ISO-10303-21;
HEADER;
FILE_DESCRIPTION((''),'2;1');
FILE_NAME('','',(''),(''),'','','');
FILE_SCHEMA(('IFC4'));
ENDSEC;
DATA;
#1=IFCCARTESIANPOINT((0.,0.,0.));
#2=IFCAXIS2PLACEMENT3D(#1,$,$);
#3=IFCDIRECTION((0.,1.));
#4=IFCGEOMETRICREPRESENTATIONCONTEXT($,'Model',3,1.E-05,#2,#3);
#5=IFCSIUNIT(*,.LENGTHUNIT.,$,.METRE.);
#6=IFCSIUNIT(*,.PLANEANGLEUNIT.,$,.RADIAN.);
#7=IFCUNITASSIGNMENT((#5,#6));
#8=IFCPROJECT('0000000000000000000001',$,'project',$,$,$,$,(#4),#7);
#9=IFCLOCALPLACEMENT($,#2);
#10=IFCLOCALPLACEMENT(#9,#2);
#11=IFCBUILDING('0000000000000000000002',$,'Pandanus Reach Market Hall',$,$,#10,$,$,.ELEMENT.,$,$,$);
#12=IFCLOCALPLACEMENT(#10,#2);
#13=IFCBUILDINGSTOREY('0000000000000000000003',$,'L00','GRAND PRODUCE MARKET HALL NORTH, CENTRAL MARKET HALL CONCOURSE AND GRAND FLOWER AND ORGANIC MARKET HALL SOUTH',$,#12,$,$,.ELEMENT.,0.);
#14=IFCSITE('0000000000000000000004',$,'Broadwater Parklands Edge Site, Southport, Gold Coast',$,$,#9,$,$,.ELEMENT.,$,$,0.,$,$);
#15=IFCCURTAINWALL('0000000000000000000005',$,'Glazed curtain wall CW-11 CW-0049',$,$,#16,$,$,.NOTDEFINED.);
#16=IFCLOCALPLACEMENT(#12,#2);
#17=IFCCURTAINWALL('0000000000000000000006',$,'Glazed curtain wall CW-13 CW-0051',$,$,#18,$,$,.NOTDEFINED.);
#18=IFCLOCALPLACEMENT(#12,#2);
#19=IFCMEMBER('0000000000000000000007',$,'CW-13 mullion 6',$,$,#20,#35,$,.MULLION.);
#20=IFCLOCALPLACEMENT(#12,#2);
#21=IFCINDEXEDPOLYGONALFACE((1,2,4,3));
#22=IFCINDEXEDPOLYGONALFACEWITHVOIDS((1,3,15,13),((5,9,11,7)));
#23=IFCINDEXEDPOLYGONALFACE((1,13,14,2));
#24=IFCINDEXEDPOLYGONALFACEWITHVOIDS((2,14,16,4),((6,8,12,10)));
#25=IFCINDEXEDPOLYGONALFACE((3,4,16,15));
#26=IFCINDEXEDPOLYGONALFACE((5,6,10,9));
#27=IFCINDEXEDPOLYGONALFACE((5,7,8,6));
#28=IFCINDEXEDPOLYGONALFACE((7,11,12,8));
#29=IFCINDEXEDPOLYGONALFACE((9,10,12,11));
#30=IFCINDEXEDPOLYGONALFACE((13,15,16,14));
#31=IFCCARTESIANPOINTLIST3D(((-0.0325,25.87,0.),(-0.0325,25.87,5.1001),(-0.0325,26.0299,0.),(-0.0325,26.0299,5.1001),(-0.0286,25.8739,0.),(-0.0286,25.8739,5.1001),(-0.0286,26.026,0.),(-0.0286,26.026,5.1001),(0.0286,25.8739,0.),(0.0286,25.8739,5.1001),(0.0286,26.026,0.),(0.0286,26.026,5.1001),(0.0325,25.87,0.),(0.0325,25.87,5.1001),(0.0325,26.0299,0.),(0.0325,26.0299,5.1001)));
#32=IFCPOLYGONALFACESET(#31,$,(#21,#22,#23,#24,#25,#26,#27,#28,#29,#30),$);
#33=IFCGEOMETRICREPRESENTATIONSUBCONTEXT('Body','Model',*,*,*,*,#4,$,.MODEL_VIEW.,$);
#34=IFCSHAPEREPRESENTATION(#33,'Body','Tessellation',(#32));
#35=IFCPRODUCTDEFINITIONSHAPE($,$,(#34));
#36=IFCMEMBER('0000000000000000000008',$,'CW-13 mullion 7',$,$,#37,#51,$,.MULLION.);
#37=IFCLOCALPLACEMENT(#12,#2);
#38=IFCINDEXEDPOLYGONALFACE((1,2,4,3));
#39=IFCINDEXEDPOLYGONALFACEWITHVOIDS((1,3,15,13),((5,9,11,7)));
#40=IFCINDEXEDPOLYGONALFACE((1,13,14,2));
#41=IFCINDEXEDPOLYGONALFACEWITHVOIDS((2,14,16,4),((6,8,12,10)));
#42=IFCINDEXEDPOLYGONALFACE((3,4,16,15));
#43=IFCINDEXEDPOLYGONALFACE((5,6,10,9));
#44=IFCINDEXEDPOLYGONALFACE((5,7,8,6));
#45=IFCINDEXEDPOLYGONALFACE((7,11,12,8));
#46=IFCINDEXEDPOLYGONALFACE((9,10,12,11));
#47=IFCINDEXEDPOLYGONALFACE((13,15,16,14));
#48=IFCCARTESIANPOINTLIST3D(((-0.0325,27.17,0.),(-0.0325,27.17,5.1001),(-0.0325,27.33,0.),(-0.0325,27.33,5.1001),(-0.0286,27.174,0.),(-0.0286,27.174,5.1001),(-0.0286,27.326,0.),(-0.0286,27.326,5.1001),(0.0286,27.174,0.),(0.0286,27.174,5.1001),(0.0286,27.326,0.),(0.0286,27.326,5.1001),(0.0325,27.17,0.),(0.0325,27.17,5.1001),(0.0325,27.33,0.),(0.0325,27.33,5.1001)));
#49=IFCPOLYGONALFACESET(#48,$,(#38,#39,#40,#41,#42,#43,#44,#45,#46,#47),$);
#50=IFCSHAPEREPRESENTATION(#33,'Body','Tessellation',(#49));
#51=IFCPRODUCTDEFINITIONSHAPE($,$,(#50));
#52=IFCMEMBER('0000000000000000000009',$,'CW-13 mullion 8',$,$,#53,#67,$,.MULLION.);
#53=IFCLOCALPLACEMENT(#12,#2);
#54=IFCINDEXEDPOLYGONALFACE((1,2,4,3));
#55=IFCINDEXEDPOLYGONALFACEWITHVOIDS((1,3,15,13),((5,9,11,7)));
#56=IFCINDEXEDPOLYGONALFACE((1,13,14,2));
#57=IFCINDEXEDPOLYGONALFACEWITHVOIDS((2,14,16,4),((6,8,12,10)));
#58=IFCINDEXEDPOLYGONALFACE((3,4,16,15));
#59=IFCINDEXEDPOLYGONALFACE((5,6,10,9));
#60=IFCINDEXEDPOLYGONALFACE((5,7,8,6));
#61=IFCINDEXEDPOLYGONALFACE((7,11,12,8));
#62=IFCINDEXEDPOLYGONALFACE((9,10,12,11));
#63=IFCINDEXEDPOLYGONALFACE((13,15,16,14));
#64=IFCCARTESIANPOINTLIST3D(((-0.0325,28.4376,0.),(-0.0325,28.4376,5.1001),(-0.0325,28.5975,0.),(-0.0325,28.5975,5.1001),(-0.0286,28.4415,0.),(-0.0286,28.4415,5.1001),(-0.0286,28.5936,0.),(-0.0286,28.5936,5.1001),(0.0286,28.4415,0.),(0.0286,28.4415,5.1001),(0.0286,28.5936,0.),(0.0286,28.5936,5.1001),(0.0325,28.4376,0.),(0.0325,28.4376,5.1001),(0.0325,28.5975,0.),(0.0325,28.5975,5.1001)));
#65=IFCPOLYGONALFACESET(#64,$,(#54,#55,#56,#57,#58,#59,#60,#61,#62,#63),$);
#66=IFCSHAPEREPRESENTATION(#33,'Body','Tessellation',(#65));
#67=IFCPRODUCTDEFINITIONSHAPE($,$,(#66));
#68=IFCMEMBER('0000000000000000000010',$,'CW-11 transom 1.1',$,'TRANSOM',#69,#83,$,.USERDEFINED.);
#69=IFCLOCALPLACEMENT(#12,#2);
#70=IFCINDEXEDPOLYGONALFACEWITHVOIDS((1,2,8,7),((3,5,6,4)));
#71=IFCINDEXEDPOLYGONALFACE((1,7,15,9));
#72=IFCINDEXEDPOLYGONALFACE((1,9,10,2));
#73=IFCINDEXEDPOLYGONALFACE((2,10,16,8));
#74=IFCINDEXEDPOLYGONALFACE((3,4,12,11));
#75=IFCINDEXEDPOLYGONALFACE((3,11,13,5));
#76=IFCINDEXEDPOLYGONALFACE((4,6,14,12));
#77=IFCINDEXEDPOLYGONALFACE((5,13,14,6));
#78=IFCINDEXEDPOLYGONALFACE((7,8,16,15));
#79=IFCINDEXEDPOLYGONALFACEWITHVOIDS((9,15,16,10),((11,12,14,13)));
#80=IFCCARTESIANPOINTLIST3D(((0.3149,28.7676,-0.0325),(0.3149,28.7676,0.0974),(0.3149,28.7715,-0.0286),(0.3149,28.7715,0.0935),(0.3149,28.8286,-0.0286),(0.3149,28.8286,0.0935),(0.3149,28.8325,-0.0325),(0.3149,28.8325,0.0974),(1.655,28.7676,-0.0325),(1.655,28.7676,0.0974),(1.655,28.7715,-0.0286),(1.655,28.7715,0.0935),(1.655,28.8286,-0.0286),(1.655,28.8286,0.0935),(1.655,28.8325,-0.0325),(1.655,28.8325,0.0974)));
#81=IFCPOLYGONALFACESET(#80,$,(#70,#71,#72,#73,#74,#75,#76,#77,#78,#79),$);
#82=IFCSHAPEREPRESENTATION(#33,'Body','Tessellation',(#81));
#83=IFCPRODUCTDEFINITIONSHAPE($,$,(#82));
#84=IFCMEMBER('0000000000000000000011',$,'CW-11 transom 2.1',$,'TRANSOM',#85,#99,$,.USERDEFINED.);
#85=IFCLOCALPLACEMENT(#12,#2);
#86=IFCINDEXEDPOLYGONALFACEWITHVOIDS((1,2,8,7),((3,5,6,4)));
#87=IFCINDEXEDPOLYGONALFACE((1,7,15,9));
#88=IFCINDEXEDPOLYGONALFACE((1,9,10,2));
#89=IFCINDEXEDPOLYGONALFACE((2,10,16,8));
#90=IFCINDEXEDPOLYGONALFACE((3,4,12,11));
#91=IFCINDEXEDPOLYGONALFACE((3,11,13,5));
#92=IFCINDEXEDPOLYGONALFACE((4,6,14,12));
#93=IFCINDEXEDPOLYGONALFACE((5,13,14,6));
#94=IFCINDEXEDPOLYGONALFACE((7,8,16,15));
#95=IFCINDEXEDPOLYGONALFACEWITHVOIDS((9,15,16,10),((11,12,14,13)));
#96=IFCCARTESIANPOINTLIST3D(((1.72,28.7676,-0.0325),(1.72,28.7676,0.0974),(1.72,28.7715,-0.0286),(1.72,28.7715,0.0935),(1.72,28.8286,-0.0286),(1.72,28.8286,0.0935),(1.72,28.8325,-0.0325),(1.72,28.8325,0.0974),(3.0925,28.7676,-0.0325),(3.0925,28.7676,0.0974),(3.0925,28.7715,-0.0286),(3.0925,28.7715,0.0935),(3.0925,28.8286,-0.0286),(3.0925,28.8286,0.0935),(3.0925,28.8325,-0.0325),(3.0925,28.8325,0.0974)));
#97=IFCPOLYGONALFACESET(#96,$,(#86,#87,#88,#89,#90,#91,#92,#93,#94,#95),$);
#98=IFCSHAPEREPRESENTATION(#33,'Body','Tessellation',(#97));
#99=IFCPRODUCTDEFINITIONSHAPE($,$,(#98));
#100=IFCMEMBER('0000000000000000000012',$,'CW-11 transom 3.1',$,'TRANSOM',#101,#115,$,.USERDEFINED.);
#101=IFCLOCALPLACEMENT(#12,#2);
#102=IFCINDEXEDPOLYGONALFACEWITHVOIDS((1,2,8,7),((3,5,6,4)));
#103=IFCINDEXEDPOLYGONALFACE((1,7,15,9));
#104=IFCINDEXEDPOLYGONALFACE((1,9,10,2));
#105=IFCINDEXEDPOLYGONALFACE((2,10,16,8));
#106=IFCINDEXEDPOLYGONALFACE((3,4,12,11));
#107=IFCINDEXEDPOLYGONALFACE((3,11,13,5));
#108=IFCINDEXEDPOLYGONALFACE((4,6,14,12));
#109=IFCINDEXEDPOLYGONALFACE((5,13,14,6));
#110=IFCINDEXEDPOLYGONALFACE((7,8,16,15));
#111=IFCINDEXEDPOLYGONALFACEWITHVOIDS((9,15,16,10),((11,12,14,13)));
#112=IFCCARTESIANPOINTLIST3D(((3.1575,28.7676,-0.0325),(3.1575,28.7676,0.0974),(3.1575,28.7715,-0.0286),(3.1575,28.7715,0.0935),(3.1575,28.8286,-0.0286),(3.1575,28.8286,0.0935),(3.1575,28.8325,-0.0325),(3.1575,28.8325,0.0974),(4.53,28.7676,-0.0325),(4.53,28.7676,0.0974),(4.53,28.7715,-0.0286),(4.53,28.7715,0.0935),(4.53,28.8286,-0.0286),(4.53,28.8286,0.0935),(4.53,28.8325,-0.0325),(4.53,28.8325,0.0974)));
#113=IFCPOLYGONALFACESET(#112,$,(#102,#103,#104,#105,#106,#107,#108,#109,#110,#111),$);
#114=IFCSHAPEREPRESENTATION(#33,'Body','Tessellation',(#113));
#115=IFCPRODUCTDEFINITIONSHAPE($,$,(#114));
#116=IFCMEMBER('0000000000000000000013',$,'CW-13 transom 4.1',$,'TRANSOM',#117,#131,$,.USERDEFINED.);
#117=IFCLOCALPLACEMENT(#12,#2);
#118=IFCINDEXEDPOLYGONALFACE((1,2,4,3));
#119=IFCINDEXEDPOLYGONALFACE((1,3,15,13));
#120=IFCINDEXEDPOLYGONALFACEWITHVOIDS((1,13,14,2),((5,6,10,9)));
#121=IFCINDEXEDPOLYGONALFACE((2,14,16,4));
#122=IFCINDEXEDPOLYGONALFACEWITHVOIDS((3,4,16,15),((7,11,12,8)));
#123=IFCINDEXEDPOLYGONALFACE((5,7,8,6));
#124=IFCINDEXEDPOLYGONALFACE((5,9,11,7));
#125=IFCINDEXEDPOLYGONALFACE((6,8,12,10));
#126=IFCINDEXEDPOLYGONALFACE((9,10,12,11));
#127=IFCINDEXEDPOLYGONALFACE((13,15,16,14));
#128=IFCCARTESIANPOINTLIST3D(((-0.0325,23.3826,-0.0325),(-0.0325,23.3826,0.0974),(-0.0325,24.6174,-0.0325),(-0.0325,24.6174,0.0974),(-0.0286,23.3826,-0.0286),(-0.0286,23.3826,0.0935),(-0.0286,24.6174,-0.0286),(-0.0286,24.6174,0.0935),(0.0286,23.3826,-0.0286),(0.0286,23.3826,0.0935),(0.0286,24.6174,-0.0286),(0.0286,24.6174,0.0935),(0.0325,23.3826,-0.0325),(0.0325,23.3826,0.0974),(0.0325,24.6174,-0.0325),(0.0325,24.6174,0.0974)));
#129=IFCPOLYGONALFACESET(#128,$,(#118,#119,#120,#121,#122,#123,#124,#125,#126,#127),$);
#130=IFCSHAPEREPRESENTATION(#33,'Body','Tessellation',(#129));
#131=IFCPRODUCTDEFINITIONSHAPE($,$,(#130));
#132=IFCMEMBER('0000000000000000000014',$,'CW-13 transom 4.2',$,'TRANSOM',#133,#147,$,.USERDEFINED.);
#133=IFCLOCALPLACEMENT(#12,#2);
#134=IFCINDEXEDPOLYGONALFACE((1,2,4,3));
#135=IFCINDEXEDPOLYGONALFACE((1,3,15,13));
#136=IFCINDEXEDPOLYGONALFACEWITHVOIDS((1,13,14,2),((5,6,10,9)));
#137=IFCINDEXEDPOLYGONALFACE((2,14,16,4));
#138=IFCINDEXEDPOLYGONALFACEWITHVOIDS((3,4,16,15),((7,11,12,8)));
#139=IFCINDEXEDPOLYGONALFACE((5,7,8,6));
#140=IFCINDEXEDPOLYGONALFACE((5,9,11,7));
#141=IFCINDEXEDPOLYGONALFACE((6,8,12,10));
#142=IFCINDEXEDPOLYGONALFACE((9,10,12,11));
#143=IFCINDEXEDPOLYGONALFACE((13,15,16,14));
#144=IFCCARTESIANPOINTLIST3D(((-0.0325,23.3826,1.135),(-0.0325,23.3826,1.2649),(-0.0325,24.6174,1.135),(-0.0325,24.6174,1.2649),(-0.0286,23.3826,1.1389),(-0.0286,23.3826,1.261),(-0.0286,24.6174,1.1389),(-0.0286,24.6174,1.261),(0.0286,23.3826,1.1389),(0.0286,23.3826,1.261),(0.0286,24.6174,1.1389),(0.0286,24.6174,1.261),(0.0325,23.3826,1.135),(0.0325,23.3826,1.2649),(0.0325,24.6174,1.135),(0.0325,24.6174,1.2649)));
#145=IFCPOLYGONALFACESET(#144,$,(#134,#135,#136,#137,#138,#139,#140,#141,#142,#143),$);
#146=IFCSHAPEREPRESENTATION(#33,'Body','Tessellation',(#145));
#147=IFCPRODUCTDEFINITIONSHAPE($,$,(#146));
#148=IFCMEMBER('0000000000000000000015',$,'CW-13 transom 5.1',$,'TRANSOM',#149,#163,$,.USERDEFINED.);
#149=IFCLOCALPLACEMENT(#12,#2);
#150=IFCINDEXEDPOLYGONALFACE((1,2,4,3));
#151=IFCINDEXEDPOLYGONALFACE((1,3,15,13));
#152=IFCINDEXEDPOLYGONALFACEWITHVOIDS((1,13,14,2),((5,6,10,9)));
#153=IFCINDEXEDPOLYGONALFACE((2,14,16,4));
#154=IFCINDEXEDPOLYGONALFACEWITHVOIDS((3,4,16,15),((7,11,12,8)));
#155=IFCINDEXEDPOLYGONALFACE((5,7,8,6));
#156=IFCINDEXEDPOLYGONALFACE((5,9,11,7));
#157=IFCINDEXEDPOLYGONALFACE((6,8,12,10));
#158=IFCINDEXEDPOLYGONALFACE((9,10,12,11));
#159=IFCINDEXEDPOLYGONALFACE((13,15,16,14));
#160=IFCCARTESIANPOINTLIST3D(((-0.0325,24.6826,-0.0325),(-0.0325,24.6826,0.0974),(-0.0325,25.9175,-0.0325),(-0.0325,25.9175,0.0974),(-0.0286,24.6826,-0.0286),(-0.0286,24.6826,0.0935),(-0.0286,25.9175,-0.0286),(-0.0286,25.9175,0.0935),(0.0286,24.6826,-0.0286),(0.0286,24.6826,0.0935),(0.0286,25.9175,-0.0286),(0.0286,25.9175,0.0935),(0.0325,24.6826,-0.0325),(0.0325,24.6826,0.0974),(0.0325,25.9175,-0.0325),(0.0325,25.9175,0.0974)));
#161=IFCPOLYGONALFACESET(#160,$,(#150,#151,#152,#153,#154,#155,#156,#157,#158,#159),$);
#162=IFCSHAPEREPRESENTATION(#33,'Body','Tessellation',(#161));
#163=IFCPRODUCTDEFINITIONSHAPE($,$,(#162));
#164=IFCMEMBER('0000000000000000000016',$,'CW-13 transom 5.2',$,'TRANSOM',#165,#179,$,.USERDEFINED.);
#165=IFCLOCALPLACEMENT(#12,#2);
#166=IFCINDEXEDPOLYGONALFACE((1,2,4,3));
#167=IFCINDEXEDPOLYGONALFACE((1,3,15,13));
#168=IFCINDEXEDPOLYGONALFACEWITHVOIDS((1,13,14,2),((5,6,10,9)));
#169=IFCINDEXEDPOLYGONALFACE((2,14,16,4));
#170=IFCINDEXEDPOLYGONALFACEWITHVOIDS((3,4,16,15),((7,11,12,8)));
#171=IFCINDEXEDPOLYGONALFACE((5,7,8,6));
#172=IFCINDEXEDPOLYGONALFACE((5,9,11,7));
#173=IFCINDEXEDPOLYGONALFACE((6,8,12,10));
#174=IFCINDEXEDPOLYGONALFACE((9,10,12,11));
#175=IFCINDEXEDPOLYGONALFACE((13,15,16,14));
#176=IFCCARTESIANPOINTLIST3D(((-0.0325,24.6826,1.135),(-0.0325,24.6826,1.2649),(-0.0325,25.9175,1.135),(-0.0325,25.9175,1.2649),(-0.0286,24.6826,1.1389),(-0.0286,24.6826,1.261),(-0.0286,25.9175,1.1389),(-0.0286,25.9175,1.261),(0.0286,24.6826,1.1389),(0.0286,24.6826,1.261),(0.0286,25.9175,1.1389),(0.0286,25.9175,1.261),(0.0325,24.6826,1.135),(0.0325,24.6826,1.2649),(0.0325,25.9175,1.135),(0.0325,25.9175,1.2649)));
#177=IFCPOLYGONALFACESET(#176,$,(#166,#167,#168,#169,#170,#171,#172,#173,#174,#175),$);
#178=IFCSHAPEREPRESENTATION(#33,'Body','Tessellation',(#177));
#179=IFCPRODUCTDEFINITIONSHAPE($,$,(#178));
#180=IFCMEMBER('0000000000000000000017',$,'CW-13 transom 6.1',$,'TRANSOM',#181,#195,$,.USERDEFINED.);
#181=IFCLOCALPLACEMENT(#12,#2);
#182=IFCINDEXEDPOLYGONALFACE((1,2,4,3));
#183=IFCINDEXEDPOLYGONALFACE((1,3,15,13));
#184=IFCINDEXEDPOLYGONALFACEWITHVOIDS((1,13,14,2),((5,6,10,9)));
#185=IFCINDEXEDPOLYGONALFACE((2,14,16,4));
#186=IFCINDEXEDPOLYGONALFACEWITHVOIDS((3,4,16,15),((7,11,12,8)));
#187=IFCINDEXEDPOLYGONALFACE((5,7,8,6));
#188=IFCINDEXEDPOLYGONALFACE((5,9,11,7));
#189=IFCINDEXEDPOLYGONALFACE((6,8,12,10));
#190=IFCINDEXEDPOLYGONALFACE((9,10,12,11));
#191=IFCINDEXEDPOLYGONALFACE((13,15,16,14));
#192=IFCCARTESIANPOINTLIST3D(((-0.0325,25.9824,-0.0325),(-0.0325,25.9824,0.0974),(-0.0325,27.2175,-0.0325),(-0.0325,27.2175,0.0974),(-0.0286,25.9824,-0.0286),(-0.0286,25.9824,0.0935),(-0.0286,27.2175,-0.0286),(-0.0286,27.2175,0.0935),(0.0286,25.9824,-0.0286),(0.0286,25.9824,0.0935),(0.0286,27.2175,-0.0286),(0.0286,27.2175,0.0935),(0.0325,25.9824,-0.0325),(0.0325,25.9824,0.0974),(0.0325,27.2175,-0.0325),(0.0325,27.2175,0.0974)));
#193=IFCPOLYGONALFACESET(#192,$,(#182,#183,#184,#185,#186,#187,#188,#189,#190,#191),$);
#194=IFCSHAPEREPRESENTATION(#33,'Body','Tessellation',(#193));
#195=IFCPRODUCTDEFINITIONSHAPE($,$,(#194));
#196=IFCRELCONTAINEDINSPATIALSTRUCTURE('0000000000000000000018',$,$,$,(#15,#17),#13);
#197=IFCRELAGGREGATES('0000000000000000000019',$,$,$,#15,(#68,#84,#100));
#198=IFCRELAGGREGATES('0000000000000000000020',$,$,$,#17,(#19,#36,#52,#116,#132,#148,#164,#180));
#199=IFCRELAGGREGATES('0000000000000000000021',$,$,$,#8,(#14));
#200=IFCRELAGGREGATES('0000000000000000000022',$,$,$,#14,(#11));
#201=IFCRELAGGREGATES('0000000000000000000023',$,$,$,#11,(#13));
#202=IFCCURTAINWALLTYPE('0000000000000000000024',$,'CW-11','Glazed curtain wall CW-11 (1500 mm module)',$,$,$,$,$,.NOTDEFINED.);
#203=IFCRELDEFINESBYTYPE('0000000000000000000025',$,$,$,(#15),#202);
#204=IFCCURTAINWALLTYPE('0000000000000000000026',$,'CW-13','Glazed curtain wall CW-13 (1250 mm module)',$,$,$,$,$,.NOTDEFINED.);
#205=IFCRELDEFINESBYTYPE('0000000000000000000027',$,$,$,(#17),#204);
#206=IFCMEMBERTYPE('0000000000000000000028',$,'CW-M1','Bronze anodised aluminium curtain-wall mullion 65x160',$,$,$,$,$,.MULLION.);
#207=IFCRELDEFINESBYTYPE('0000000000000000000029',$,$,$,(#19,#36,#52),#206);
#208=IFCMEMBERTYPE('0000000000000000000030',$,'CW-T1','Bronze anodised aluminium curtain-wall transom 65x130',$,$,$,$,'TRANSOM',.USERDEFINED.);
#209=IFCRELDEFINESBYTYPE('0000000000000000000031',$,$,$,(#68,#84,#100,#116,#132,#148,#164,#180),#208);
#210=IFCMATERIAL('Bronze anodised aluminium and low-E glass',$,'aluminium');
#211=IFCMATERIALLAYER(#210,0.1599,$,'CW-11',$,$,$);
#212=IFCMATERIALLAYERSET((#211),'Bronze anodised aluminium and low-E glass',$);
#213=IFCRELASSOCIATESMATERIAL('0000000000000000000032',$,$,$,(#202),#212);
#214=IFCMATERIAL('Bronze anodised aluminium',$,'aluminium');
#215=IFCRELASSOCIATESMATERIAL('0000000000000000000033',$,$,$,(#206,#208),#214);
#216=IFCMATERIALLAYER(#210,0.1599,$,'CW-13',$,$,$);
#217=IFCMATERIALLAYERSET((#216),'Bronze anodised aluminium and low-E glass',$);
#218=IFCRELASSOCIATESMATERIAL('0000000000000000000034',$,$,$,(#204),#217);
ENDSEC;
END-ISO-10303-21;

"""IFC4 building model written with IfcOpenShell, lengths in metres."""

from ifc_helpers import new_model, si_unit, direction, frame, origin, origin_2d, place, context, subcontext, project, spatial, hollow_rectangle, extrude, material, layer, layer_set, material_profile, profile_set, type_object, element, aggregate, save


model = new_model("IFC4")

# Units and contexts
model_context = context("Model", 3, precision=1e-05, world=origin(), true_north=direction((0.0, 1.0)))
body_context = subcontext(model_context, "Body", "Model", "MODEL_VIEW")
ifc_project = project(units=[si_unit("LENGTHUNIT", "METRE"), si_unit("PLANEANGLEUNIT", "RADIAN")], contexts=[model_context])

# Site, building, storey
site_placement = place(None, origin())
site = spatial("IfcSite", under=ifc_project, at=site_placement, Name="Broadwater Parklands Edge Site, Southport, Gold Coast", CompositionType="ELEMENT", RefElevation=0.0)
building_placement = place(site_placement, origin())
building = spatial("IfcBuilding", under=site, at=building_placement, Name="Pandanus Reach Market Hall", CompositionType="ELEMENT")
storey_placement = place(building_placement, origin())
storey = spatial("IfcBuildingStorey", under=building, at=storey_placement, Name="L00", Description="GRAND PRODUCE MARKET HALL NORTH, CENTRAL MARKET HALL CONCOURSE AND GRAND FLOWER AND ORGANIC MARKET HALL SOUTH", CompositionType="ELEMENT", Elevation=0.0)

# Curtain walls, members
ifc_material_1 = material(Name="Bronze anodised aluminium and low-E glass", Category="aluminium")
ifc_layer_1 = layer(ifc_material_1, 0.1599, Name="CW-11")
ifc_layer_set_1 = layer_set([ifc_layer_1], Name="Bronze anodised aluminium and low-E glass")
curtain_wall_type_1 = type_object("IfcCurtainWallType", Name="CW-11", Description="Glazed curtain wall CW-11 (1500 mm module)", PredefinedType="NOTDEFINED", material=ifc_layer_set_1)
curtain_wall_1_placement = place(storey_placement, origin())
curtain_wall_1 = element("IfcCurtainWall", 1, at=curtain_wall_1_placement, inside=storey, type_object=curtain_wall_type_1, Name="Glazed curtain wall CW-11 CW-0049", PredefinedType="NOTDEFINED")
ifc_material_2 = material(Name="Bronze anodised aluminium", Category="aluminium")
ifc_material_profile_1 = material_profile(ifc_material_2, hollow_rectangle(XDim=0.0649, YDim=0.1599, WallThickness=0.0039, at=origin_2d()), Name="ALU65x160", Category="LoadBearing")
ifc_profile_set_1 = profile_set([ifc_material_profile_1], Name="Bronze anodised aluminium")
member_type_1 = type_object("IfcMemberType", Name="CW-M1", Description="Bronze anodised aluminium curtain-wall mullion 65x160", PredefinedType="MULLION", material=ifc_profile_set_1)
ifc_layer_2 = layer(ifc_material_1, 0.1599, Name="CW-13")
ifc_layer_set_2 = layer_set([ifc_layer_2], Name="Bronze anodised aluminium and low-E glass")
curtain_wall_type_2 = type_object("IfcCurtainWallType", Name="CW-13", Description="Glazed curtain wall CW-13 (1250 mm module)", PredefinedType="NOTDEFINED", material=ifc_layer_set_2)
curtain_wall_2_placement = place(storey_placement, origin())
curtain_wall_2 = element("IfcCurtainWall", 2, at=curtain_wall_2_placement, inside=storey, type_object=curtain_wall_type_2, Name="Glazed curtain wall CW-13 CW-0051", PredefinedType="NOTDEFINED")
member_1_placement = place(storey_placement, frame((0.0, 25.95, 0.0), z_axis=(0.0, 0.0, 1.0), x_axis=(-1.0, 0.0, 0.0)))
member_1 = element("IfcMember", 3, at=member_1_placement, type_object=member_type_1, Name="CW-13 mullion 6", PredefinedType="MULLION", context=body_context, shape_type="SweptSolid", body=[
    extrude(hollow_rectangle(XDim=0.0649, YDim=0.1599, WallThickness=0.0039, at=origin_2d()), origin(), (0.0, 0.0, 1.0), 5.1001),
])
member_2_placement = place(storey_placement, frame((0.0, 27.25, 0.0), z_axis=(0.0, 0.0, 1.0), x_axis=(-1.0, 0.0, 0.0)))
member_2 = element("IfcMember", 4, at=member_2_placement, type_object=member_type_1, Name="CW-13 mullion 7", PredefinedType="MULLION", context=body_context, shape_type="SweptSolid", body=[
    extrude(hollow_rectangle(XDim=0.0649, YDim=0.1599, WallThickness=0.0039, at=origin_2d()), origin(), (0.0, 0.0, 1.0), 5.1001),
])
member_3_placement = place(storey_placement, frame((0.0, 28.5176, 0.0), z_axis=(0.0, 0.0, 1.0), x_axis=(-1.0, 0.0, 0.0)))
member_3 = element("IfcMember", 5, at=member_3_placement, type_object=member_type_1, Name="CW-13 mullion 8", PredefinedType="MULLION", context=body_context, shape_type="SweptSolid", body=[
    extrude(hollow_rectangle(XDim=0.0649, YDim=0.1599, WallThickness=0.0039, at=origin_2d()), origin(), (0.0, 0.0, 1.0), 5.1001),
])

# Members
ifc_material_profile_2 = material_profile(ifc_material_2, hollow_rectangle(XDim=0.0649, YDim=0.1299, WallThickness=0.0039, at=origin_2d()), Name="ALU65x130", Category="LoadBearing")
ifc_profile_set_2 = profile_set([ifc_material_profile_2], Name="Bronze anodised aluminium")
member_type_2 = type_object("IfcMemberType", Name="CW-T1", Description="Bronze anodised aluminium curtain-wall transom 65x130", ElementType="TRANSOM", PredefinedType="USERDEFINED", material=ifc_profile_set_2)
member_4_placement = place(storey_placement, frame((0.3149, 28.8, 0.0325), z_axis=(1.0, 0.0, 0.0), x_axis=(0.0, 1.0, 0.0)))
member_4 = element("IfcMember", 6, at=member_4_placement, type_object=member_type_2, Name="CW-11 transom 1.1", ObjectType="TRANSOM", PredefinedType="USERDEFINED", context=body_context, shape_type="SweptSolid", body=[
    extrude(hollow_rectangle(XDim=0.0649, YDim=0.1299, WallThickness=0.0039, at=origin_2d()), origin(), (0.0, 0.0, 1.0), 1.3401),
])
member_5_placement = place(storey_placement, frame((1.72, 28.8, 0.0325), z_axis=(1.0, 0.0, 0.0), x_axis=(0.0, 1.0, 0.0)))
member_5 = element("IfcMember", 7, at=member_5_placement, type_object=member_type_2, Name="CW-11 transom 2.1", ObjectType="TRANSOM", PredefinedType="USERDEFINED", context=body_context, shape_type="SweptSolid", body=[
    extrude(hollow_rectangle(XDim=0.0649, YDim=0.1299, WallThickness=0.0039, at=origin_2d()), origin(), (0.0, 0.0, 1.0), 1.3726),
])
member_6_placement = place(storey_placement, frame((3.1575, 28.8, 0.0325), z_axis=(1.0, 0.0, 0.0), x_axis=(0.0, 1.0, 0.0)))
member_6 = element("IfcMember", 8, at=member_6_placement, type_object=member_type_2, Name="CW-11 transom 3.1", ObjectType="TRANSOM", PredefinedType="USERDEFINED", context=body_context, shape_type="SweptSolid", body=[
    extrude(hollow_rectangle(XDim=0.0649, YDim=0.1299, WallThickness=0.0039, at=origin_2d()), origin(), (0.0, 0.0, 1.0), 1.3726),
])
member_7_placement = place(storey_placement, frame((0.0, 23.3826, 0.0325), z_axis=(0.0, 1.0, 0.0), x_axis=(-1.0, 0.0, 0.0)))
member_7 = element("IfcMember", 9, at=member_7_placement, type_object=member_type_2, Name="CW-13 transom 4.1", ObjectType="TRANSOM", PredefinedType="USERDEFINED", context=body_context, shape_type="SweptSolid", body=[
    extrude(hollow_rectangle(XDim=0.0649, YDim=0.1299, WallThickness=0.0039, at=origin_2d()), origin(), (0.0, 0.0, 1.0), 1.2349),
])
member_8_placement = place(storey_placement, frame((0.0, 23.3826, 1.2), z_axis=(0.0, 1.0, 0.0), x_axis=(-1.0, 0.0, 0.0)))
member_8 = element("IfcMember", 10, at=member_8_placement, type_object=member_type_2, Name="CW-13 transom 4.2", ObjectType="TRANSOM", PredefinedType="USERDEFINED", context=body_context, shape_type="SweptSolid", body=[
    extrude(hollow_rectangle(XDim=0.0649, YDim=0.1299, WallThickness=0.0039, at=origin_2d()), origin(), (0.0, 0.0, 1.0), 1.2349),
])
member_9_placement = place(storey_placement, frame((0.0, 24.6826, 0.0325), z_axis=(0.0, 1.0, 0.0), x_axis=(-1.0, 0.0, 0.0)))
member_9 = element("IfcMember", 11, at=member_9_placement, type_object=member_type_2, Name="CW-13 transom 5.1", ObjectType="TRANSOM", PredefinedType="USERDEFINED", context=body_context, shape_type="SweptSolid", body=[
    extrude(hollow_rectangle(XDim=0.0649, YDim=0.1299, WallThickness=0.0039, at=origin_2d()), origin(), (0.0, 0.0, 1.0), 1.2349),
])
member_10_placement = place(storey_placement, frame((0.0, 24.6826, 1.2), z_axis=(0.0, 1.0, 0.0), x_axis=(-1.0, 0.0, 0.0)))
member_10 = element("IfcMember", 12, at=member_10_placement, type_object=member_type_2, Name="CW-13 transom 5.2", ObjectType="TRANSOM", PredefinedType="USERDEFINED", context=body_context, shape_type="SweptSolid", body=[
    extrude(hollow_rectangle(XDim=0.0649, YDim=0.1299, WallThickness=0.0039, at=origin_2d()), origin(), (0.0, 0.0, 1.0), 1.2349),
])
member_11_placement = place(storey_placement, frame((0.0, 25.9824, 0.0325), z_axis=(0.0, 1.0, 0.0), x_axis=(-1.0, 0.0, 0.0)))
member_11 = element("IfcMember", 13, at=member_11_placement, type_object=member_type_2, Name="CW-13 transom 6.1", ObjectType="TRANSOM", PredefinedType="USERDEFINED", context=body_context, shape_type="SweptSolid", body=[
    extrude(hollow_rectangle(XDim=0.0649, YDim=0.1299, WallThickness=0.0039, at=origin_2d()), origin(), (0.0, 0.0, 1.0), 1.2351),
])

aggregate(curtain_wall_1, [member_4, member_5, member_6])
aggregate(curtain_wall_2, [member_1, member_2, member_3, member_7, member_8, member_9, member_10, member_11])

save(model, "model.ifc")
